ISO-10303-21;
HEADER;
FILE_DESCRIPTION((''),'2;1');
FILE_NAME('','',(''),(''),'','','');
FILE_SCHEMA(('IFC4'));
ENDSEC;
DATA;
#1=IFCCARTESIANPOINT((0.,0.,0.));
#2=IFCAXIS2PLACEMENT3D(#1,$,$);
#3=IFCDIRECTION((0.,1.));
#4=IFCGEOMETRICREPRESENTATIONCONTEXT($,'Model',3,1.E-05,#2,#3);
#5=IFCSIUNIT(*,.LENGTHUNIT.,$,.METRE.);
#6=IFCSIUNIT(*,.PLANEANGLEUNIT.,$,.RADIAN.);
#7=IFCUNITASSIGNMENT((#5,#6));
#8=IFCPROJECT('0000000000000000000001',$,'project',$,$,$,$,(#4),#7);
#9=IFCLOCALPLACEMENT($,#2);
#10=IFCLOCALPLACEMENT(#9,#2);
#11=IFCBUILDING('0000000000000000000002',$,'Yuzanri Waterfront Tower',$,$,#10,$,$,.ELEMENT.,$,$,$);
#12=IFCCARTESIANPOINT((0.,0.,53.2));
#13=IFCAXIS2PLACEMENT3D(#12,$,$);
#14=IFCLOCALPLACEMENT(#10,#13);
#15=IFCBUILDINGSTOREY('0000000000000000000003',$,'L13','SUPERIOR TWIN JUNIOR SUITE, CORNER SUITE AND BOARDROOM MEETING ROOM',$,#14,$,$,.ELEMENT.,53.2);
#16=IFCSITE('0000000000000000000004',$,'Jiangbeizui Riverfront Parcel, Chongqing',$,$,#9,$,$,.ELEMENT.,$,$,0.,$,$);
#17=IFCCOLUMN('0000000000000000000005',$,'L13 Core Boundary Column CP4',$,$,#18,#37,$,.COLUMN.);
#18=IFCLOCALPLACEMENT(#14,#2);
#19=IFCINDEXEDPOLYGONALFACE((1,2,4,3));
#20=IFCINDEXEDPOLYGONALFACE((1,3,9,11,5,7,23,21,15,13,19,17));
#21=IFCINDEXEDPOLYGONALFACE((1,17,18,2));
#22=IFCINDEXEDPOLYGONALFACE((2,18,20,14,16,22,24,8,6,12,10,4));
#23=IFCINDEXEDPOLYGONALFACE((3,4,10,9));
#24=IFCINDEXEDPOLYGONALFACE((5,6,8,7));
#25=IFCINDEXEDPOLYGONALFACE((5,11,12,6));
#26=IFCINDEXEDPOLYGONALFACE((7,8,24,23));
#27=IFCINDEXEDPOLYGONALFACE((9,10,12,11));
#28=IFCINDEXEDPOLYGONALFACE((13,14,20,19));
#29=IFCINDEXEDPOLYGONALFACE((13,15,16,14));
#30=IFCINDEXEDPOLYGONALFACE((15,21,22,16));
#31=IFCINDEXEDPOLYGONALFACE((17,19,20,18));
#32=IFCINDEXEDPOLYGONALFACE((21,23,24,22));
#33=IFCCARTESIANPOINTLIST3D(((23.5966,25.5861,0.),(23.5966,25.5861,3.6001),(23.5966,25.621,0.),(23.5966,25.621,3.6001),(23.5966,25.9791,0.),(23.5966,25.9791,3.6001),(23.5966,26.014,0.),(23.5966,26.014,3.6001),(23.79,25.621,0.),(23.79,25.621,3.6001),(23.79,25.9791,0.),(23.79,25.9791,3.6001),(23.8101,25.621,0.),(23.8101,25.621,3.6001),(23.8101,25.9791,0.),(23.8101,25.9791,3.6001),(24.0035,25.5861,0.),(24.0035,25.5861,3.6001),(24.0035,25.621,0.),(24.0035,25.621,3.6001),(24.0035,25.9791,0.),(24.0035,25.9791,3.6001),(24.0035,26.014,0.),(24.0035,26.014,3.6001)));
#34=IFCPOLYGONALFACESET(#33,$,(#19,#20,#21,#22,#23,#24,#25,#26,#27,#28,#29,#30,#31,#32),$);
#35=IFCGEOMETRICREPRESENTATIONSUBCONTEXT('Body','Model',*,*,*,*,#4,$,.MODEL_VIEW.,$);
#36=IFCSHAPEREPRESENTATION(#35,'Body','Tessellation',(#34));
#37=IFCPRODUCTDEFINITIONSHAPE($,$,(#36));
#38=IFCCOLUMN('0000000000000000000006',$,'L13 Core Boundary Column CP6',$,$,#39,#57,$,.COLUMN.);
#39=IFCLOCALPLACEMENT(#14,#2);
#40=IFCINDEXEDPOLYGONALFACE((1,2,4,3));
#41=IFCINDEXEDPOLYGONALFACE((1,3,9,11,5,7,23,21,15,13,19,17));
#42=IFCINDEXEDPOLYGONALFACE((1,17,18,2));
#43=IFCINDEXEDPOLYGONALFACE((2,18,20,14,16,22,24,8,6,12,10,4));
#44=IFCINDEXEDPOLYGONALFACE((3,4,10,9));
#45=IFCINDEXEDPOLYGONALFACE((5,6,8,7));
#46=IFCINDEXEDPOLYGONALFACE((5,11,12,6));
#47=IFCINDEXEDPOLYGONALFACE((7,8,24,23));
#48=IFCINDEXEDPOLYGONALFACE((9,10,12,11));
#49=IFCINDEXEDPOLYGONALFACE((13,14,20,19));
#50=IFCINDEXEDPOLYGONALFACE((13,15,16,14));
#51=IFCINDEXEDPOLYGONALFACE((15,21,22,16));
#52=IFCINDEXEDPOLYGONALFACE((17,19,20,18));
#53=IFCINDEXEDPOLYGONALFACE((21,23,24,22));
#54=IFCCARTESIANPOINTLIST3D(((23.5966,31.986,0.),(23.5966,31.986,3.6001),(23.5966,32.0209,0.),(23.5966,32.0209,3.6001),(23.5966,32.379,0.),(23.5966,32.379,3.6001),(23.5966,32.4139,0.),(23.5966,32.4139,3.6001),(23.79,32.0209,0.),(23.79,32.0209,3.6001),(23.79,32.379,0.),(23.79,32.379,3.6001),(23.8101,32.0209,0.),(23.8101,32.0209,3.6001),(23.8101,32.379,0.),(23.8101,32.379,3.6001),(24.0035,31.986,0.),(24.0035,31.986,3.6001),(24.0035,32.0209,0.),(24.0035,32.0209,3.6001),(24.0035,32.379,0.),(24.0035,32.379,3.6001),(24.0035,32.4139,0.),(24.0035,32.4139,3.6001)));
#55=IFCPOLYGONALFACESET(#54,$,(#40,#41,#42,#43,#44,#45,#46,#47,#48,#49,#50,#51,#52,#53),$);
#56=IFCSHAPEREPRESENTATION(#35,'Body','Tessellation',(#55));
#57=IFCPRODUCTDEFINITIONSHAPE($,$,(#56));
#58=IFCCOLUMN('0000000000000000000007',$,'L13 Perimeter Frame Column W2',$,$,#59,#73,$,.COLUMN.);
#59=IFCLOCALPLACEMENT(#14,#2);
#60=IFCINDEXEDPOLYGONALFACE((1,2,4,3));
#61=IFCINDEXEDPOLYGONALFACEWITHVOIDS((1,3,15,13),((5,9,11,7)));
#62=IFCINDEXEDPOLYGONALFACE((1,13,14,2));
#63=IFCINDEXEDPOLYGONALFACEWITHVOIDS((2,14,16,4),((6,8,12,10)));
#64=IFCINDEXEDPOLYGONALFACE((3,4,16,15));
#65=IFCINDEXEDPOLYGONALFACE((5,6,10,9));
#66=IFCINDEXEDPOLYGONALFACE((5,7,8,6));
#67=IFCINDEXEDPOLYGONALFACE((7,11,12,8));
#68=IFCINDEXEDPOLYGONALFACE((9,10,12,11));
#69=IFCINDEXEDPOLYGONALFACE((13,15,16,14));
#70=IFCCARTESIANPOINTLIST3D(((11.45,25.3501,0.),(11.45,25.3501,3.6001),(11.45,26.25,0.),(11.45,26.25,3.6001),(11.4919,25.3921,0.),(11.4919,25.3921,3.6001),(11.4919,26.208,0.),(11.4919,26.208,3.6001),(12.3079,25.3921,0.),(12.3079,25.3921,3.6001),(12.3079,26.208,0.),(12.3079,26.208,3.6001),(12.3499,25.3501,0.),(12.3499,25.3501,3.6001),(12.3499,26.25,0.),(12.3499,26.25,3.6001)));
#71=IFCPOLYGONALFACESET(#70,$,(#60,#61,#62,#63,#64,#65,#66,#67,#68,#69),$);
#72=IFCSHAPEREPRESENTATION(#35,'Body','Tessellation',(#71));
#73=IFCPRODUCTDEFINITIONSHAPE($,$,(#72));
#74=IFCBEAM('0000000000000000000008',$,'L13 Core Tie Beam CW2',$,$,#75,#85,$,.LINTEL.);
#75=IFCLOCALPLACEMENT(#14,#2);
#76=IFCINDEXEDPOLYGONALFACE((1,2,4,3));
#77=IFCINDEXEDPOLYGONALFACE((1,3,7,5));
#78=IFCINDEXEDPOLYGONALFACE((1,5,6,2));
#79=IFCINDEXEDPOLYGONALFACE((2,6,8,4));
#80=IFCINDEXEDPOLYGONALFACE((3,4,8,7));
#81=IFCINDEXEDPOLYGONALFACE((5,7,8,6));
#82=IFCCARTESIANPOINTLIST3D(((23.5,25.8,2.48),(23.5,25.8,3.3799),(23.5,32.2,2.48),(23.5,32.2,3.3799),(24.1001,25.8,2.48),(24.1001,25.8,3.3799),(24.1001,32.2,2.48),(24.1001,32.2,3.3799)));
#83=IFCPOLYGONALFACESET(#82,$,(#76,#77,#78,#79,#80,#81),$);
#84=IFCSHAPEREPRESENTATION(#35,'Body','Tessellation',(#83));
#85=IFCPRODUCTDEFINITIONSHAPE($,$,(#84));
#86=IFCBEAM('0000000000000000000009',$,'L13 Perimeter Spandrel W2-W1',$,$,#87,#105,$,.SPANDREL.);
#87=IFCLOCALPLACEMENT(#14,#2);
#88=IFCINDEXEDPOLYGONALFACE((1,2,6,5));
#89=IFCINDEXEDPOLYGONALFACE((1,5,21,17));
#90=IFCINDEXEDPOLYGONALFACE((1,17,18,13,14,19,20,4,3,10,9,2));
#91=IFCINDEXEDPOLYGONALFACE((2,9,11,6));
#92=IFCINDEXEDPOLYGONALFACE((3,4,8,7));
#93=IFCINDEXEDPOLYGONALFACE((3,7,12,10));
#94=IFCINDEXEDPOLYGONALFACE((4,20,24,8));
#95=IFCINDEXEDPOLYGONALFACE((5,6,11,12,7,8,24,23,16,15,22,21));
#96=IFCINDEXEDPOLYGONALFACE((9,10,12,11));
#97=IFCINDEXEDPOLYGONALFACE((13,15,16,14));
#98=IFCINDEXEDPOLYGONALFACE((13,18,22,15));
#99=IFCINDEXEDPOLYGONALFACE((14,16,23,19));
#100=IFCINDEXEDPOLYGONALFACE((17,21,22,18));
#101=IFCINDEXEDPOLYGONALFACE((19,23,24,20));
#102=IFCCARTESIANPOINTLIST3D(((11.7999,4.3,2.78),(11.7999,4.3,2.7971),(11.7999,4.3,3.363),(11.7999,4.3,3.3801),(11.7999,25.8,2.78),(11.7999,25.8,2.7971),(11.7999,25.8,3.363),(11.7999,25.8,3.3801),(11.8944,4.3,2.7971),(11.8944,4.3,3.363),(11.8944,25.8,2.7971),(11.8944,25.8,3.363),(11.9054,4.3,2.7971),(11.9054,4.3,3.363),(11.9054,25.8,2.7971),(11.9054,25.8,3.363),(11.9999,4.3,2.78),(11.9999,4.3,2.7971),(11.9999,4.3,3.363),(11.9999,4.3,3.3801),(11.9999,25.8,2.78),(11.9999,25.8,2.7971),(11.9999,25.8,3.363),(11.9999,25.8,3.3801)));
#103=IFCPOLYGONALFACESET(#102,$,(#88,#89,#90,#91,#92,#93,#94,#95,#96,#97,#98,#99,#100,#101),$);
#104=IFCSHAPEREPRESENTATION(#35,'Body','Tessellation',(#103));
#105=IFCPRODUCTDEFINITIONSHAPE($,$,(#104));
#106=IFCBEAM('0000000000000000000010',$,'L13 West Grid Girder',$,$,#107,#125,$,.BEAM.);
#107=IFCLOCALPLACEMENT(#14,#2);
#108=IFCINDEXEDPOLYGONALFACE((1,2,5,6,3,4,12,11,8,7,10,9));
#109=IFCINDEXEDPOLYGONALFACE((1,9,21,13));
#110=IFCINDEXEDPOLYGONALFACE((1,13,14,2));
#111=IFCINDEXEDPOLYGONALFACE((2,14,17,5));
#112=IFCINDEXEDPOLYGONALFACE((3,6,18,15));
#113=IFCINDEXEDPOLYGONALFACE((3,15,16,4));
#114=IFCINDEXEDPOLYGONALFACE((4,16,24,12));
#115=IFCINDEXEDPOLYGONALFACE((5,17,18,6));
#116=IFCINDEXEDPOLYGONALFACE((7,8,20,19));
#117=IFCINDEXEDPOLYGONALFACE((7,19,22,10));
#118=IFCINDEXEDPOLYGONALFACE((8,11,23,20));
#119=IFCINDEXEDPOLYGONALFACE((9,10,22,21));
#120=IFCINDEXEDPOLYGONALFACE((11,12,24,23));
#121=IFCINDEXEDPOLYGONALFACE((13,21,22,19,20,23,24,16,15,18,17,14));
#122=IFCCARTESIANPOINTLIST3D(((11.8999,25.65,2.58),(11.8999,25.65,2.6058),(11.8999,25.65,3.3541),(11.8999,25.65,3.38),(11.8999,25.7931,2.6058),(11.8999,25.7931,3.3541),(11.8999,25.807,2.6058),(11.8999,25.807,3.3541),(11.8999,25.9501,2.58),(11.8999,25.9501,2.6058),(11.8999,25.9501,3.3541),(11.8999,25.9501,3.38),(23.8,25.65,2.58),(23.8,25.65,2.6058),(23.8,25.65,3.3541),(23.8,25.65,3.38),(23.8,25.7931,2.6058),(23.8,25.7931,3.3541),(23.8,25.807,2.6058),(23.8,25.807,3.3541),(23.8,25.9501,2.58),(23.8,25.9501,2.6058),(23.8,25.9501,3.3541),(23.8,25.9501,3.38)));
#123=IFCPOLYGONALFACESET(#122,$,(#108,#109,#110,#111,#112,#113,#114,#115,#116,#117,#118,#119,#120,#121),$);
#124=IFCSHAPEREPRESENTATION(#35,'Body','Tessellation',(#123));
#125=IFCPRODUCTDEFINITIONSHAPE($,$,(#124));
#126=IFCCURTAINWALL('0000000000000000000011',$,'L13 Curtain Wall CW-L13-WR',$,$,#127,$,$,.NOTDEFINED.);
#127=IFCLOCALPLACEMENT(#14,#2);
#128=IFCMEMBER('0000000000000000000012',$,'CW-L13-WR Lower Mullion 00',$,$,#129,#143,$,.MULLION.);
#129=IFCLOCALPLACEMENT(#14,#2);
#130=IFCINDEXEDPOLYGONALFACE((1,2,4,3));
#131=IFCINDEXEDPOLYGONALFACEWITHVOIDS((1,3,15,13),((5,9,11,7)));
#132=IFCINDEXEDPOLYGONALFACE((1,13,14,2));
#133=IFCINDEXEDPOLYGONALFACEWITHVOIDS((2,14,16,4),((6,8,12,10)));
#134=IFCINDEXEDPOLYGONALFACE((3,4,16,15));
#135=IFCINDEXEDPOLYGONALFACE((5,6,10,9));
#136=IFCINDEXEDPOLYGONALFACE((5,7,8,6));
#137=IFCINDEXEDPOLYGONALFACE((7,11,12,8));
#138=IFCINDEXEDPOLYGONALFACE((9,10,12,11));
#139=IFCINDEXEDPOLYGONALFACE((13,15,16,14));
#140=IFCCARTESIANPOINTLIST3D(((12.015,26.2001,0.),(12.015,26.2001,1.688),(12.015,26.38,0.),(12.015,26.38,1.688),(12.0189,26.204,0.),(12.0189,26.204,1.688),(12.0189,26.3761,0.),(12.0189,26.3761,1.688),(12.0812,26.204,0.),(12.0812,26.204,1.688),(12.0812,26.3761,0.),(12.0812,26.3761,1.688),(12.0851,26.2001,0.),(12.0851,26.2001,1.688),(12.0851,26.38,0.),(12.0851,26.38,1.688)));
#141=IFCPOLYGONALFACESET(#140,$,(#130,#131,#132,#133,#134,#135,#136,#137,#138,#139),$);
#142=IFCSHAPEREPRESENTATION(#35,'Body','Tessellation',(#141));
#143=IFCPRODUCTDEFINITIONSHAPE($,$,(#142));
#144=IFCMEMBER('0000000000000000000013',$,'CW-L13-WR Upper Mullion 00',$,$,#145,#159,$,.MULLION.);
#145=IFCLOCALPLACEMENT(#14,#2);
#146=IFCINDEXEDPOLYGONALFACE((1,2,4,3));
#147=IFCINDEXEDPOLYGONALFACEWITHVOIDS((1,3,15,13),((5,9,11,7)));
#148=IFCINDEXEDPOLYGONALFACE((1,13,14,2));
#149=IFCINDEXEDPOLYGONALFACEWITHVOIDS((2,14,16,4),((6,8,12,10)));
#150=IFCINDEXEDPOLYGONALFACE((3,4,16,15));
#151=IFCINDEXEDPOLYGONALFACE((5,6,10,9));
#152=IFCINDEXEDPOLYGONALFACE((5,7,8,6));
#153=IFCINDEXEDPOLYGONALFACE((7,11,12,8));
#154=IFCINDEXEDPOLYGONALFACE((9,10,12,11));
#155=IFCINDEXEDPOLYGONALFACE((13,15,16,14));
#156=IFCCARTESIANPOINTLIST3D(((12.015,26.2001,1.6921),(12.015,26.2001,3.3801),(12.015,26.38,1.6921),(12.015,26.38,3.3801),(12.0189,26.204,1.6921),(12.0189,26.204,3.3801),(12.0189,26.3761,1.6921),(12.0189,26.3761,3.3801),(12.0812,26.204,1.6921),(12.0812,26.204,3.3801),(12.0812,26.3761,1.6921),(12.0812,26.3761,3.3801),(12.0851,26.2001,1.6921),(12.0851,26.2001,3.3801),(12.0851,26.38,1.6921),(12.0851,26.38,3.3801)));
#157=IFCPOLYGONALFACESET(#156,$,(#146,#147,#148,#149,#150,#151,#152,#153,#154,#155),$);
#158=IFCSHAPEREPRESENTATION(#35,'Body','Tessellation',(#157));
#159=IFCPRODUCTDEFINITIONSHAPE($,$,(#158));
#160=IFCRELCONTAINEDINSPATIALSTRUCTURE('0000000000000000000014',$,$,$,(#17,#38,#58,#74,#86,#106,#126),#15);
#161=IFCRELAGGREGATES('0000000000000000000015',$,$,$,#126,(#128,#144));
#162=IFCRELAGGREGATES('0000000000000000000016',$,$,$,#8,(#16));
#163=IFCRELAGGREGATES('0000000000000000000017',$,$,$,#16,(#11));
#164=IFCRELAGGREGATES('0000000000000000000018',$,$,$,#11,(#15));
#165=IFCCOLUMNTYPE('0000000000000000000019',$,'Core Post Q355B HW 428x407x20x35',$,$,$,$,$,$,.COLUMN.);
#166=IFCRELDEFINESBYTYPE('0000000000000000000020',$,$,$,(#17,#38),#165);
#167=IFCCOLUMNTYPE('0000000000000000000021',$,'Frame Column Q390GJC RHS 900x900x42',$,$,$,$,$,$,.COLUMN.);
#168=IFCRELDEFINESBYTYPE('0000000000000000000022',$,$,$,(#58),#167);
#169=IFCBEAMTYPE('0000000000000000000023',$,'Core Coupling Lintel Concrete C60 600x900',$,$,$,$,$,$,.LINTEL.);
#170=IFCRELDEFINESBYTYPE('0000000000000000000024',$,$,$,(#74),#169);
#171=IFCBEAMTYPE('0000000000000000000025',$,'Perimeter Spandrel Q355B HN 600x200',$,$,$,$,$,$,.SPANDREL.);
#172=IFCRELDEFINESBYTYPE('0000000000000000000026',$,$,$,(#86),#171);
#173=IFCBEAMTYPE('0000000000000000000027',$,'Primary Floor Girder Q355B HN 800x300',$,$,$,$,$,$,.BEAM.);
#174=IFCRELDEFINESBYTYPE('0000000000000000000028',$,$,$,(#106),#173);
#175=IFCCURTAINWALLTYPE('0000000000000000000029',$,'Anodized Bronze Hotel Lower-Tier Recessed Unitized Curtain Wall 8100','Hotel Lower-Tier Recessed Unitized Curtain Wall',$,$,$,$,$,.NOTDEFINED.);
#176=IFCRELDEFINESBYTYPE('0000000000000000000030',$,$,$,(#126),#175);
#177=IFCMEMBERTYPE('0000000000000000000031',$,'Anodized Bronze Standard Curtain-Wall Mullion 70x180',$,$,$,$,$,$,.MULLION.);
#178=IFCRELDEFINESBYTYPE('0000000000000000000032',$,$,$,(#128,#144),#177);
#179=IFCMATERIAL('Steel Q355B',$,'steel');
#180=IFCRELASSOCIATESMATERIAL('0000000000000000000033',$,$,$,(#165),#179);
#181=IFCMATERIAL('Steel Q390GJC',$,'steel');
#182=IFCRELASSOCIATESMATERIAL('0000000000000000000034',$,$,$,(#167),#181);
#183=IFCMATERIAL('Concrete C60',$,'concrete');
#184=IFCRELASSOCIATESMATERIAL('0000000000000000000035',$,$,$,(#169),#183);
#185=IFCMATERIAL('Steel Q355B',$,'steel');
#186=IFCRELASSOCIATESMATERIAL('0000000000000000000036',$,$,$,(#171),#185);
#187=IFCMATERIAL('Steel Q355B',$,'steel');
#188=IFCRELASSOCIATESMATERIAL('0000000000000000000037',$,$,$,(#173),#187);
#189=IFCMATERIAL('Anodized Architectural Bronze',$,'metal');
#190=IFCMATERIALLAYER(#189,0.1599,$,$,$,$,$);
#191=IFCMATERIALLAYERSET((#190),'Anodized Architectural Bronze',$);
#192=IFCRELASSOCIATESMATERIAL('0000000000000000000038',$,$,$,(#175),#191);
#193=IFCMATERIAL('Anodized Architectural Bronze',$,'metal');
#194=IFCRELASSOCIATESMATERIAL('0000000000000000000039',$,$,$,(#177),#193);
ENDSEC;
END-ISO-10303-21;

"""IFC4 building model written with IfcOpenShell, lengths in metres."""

from ifc_helpers import new_model, si_unit, direction, frame, origin, origin_2d, place, context, subcontext, project, spatial, rectangle, hollow_rectangle, i_section, extrude, source, transform, mapped, material, layer, layer_set, material_profile, profile_set, type_object, element, aggregate, save


model = new_model("IFC4")

# Units and contexts
model_context = context("Model", 3, precision=1e-05, world=origin(), true_north=direction((0.0, 1.0)))
body_context = subcontext(model_context, "Body", "Model", "MODEL_VIEW")
ifc_project = project(units=[si_unit("LENGTHUNIT", "METRE"), si_unit("PLANEANGLEUNIT", "RADIAN")], contexts=[model_context])

# Site, building, storey
site_placement = place(None, origin())
site = spatial("IfcSite", under=ifc_project, at=site_placement, Name="Jiangbeizui Riverfront Parcel, Chongqing", CompositionType="ELEMENT", RefElevation=0.0)
building_placement = place(site_placement, origin())
building = spatial("IfcBuilding", under=site, at=building_placement, Name="Yuzanri Waterfront Tower", CompositionType="ELEMENT")
storey_placement = place(building_placement, frame((0.0, 0.0, 53.2)))
storey = spatial("IfcBuildingStorey", under=building, at=storey_placement, Name="L13", Description="SUPERIOR TWIN JUNIOR SUITE, CORNER SUITE AND BOARDROOM MEETING ROOM", CompositionType="ELEMENT", Elevation=53.2)

# Columns
ifc_material_1 = material(Name="Steel Q355B", Category="steel")
ifc_material_profile_1 = material_profile(ifc_material_1, i_section(OverallWidth=0.407, OverallDepth=0.428, WebThickness=0.02, FlangeThickness=0.0349, at=origin_2d()), Name="HW 428x407x20x35")
ifc_profile_set_1 = profile_set([ifc_material_profile_1], Name="Steel Q355B")
column_type_1 = type_object("IfcColumnType", Name="Core Post Q355B HW 428x407x20x35", PredefinedType="COLUMN", material=ifc_profile_set_1)
shared_shape_1 = source(origin(), body_context, "Body", "SweptSolid", [
    extrude(i_section(OverallWidth=0.407, OverallDepth=0.428, WebThickness=0.02, FlangeThickness=0.0349, at=origin_2d()), origin(), (0.0, 0.0, 1.0), 3.6001),
])
for number, where, z_axis, x_axis, name in (
    (1, (23.8, 25.8, 0.0), (0.0, 0.0, 1.0), (1.0, 0.0, 0.0), "L13 Core Boundary Column CP4"),
    (2, (23.8, 32.2, 0.0), (0.0, 0.0, 1.0), (1.0, 0.0, 0.0), "L13 Core Boundary Column CP6"),
):
    element("IfcColumn", number, at=place(storey_placement, frame(where, z_axis=z_axis, x_axis=x_axis)), inside=storey, type_object=column_type_1, Name=name, PredefinedType="COLUMN", context=body_context, shape_type="MappedRepresentation", body=[
        mapped(shared_shape_1, transform((0.0, 0.0, 0.0), scale=1.0)),
    ])
ifc_material_2 = material(Name="Steel Q390GJC", Category="steel")
ifc_material_profile_2 = material_profile(ifc_material_2, hollow_rectangle(XDim=0.8999, YDim=0.8999, WallThickness=0.042, at=origin_2d()), Name="RHS 900x900x42")
ifc_profile_set_2 = profile_set([ifc_material_profile_2], Name="Steel Q390GJC")
column_type_2 = type_object("IfcColumnType", Name="Frame Column Q390GJC RHS 900x900x42", PredefinedType="COLUMN", material=ifc_profile_set_2)
shared_shape_2 = source(origin(), body_context, "Body", "SweptSolid", [
    extrude(hollow_rectangle(XDim=0.8999, YDim=0.8999, WallThickness=0.042, at=origin_2d()), origin(), (0.0, 0.0, 1.0), 3.6001),
])
column_placement = place(storey_placement, frame((11.8999, 25.8, 0.0), z_axis=(0.0, 0.0, 1.0), x_axis=(1.0, 0.0, 0.0)))
element("IfcColumn", 3, at=column_placement, inside=storey, type_object=column_type_2, Name="L13 Perimeter Frame Column W2", PredefinedType="COLUMN", context=body_context, shape_type="MappedRepresentation", body=[
    mapped(shared_shape_2, transform((0.0, 0.0, 0.0), scale=1.0)),
])

# Beams
ifc_material_3 = material(Name="Concrete C60", Category="concrete")
ifc_material_profile_3 = material_profile(ifc_material_3, rectangle(XDim=0.6001, YDim=0.8999, at=origin_2d()), Name="RC 600x900")
ifc_profile_set_3 = profile_set([ifc_material_profile_3], Name="Concrete C60")
beam_type_1 = type_object("IfcBeamType", Name="Core Coupling Lintel Concrete C60 600x900", PredefinedType="LINTEL", material=ifc_profile_set_3)
shared_shape_3 = source(origin(), body_context, "Body", "SweptSolid", [
    extrude(rectangle(XDim=0.6001, YDim=0.8999, at=origin_2d()), origin(), (0.0, 0.0, 1.0), 6.3999),
])
beam_1_placement = place(storey_placement, frame((23.8, 25.8, 2.9299), z_axis=(0.0, 1.0, 0.0), x_axis=(-1.0, 0.0, 0.0)))
element("IfcBeam", 4, at=beam_1_placement, inside=storey, type_object=beam_type_1, Name="L13 Core Tie Beam CW2", PredefinedType="LINTEL", context=body_context, shape_type="MappedRepresentation", body=[
    mapped(shared_shape_3, transform((0.0, 0.0, 0.0), scale=1.0)),
])
ifc_material_4 = material(Name="Steel Q355B", Category="steel")
ifc_material_profile_4 = material_profile(ifc_material_4, i_section(OverallWidth=0.2, OverallDepth=0.6001, WebThickness=0.011, FlangeThickness=0.0171, at=origin_2d()), Name="HN 600x200x11x17")
ifc_profile_set_4 = profile_set([ifc_material_profile_4], Name="Steel Q355B")
beam_type_2 = type_object("IfcBeamType", Name="Perimeter Spandrel Q355B HN 600x200", PredefinedType="SPANDREL", material=ifc_profile_set_4)
shared_shape_4 = source(origin(), body_context, "Body", "SweptSolid", [
    extrude(i_section(OverallWidth=0.2, OverallDepth=0.6001, WebThickness=0.011, FlangeThickness=0.0171, at=origin_2d()), origin(), (0.0, 0.0, 1.0), 21.5),
])
beam_2_placement = place(storey_placement, frame((11.8999, 25.8, 3.0801), z_axis=(0.0, -1.0, 0.0), x_axis=(1.0, 0.0, 0.0)))
element("IfcBeam", 5, at=beam_2_placement, inside=storey, type_object=beam_type_2, Name="L13 Perimeter Spandrel W2-W1", PredefinedType="SPANDREL", context=body_context, shape_type="MappedRepresentation", body=[
    mapped(shared_shape_4, transform((0.0, 0.0, 0.0), scale=1.0)),
])
ifc_material_5 = material(Name="Steel Q355B", Category="steel")
ifc_material_profile_5 = material_profile(ifc_material_5, i_section(OverallWidth=0.3, OverallDepth=0.8, WebThickness=0.0139, FlangeThickness=0.0259, at=origin_2d()), Name="HN 800x300x14x26")
ifc_profile_set_5 = profile_set([ifc_material_profile_5], Name="Steel Q355B")
beam_type_3 = type_object("IfcBeamType", Name="Primary Floor Girder Q355B HN 800x300", PredefinedType="BEAM", material=ifc_profile_set_5)
shared_shape_5 = source(origin(), body_context, "Body", "SweptSolid", [
    extrude(i_section(OverallWidth=0.3, OverallDepth=0.8, WebThickness=0.0139, FlangeThickness=0.0259, at=origin_2d()), origin(), (0.0, 0.0, 1.0), 11.9001),
])
beam_3_placement = place(storey_placement, frame((23.8, 25.8, 2.98), z_axis=(-1.0, 0.0, 0.0), x_axis=(0.0, -1.0, 0.0)))
element("IfcBeam", 6, at=beam_3_placement, inside=storey, type_object=beam_type_3, Name="L13 West Grid Girder", PredefinedType="BEAM", context=body_context, shape_type="MappedRepresentation", body=[
    mapped(shared_shape_5, transform((0.0, 0.0, 0.0), scale=1.0)),
])

# Curtain wall, members
ifc_material_6 = material(Name="Anodized Architectural Bronze", Category="metal")
ifc_layer_1 = layer(ifc_material_6, 0.1599)
ifc_layer_set_1 = layer_set([ifc_layer_1], Name="Anodized Architectural Bronze")
curtain_wall_type = type_object("IfcCurtainWallType", Name="Anodized Bronze Hotel Lower-Tier Recessed Unitized Curtain Wall 8100", Description="Hotel Lower-Tier Recessed Unitized Curtain Wall", PredefinedType="NOTDEFINED", material=ifc_layer_set_1)
curtain_wall_placement = place(storey_placement, origin())
curtain_wall = element("IfcCurtainWall", 7, at=curtain_wall_placement, inside=storey, type_object=curtain_wall_type, Name="L13 Curtain Wall CW-L13-WR", PredefinedType="NOTDEFINED")
ifc_material_7 = material(Name="Anodized Architectural Bronze", Category="metal")
ifc_material_profile_6 = material_profile(ifc_material_7, hollow_rectangle(XDim=0.0701, YDim=0.1799, WallThickness=0.0039, at=origin_2d()), Name="CWM 70x180")
ifc_profile_set_6 = profile_set([ifc_material_profile_6], Name="Anodized Architectural Bronze")
member_type_1 = type_object("IfcMemberType", Name="Anodized Bronze Standard Curtain-Wall Mullion 70x180", PredefinedType="MULLION", material=ifc_profile_set_6)
shared_shape_6 = source(origin(), body_context, "Body", "SweptSolid", [
    extrude(hollow_rectangle(XDim=0.0701, YDim=0.1799, WallThickness=0.0039, at=origin_2d()), origin(), (0.0, 0.0, 1.0), 1.688),
])
member_1_placement = place(storey_placement, frame((12.05, 26.29, 0.0), z_axis=(0.0, 0.0, 1.0), x_axis=(1.0, 0.0, 0.0)))
member_1 = element("IfcMember", 8, at=member_1_placement, type_object=member_type_1, Name="CW-L13-WR Lower Mullion 00", PredefinedType="MULLION", context=body_context, shape_type="MappedRepresentation", body=[
    mapped(shared_shape_6, transform((0.0, 0.0, 0.0), scale=1.0)),
])
member_2_placement = place(storey_placement, frame((12.05, 26.29, 1.6921), z_axis=(0.0, 0.0, 1.0), x_axis=(1.0, 0.0, 0.0)))
member_2 = element("IfcMember", 9, at=member_2_placement, type_object=member_type_1, Name="CW-L13-WR Upper Mullion 00", PredefinedType="MULLION", context=body_context, shape_type="MappedRepresentation", body=[
    mapped(shared_shape_6, transform((0.0, 0.0, 0.0), scale=1.0)),
])
aggregate(curtain_wall, [member_1, member_2])

save(model, "model.ifc")
